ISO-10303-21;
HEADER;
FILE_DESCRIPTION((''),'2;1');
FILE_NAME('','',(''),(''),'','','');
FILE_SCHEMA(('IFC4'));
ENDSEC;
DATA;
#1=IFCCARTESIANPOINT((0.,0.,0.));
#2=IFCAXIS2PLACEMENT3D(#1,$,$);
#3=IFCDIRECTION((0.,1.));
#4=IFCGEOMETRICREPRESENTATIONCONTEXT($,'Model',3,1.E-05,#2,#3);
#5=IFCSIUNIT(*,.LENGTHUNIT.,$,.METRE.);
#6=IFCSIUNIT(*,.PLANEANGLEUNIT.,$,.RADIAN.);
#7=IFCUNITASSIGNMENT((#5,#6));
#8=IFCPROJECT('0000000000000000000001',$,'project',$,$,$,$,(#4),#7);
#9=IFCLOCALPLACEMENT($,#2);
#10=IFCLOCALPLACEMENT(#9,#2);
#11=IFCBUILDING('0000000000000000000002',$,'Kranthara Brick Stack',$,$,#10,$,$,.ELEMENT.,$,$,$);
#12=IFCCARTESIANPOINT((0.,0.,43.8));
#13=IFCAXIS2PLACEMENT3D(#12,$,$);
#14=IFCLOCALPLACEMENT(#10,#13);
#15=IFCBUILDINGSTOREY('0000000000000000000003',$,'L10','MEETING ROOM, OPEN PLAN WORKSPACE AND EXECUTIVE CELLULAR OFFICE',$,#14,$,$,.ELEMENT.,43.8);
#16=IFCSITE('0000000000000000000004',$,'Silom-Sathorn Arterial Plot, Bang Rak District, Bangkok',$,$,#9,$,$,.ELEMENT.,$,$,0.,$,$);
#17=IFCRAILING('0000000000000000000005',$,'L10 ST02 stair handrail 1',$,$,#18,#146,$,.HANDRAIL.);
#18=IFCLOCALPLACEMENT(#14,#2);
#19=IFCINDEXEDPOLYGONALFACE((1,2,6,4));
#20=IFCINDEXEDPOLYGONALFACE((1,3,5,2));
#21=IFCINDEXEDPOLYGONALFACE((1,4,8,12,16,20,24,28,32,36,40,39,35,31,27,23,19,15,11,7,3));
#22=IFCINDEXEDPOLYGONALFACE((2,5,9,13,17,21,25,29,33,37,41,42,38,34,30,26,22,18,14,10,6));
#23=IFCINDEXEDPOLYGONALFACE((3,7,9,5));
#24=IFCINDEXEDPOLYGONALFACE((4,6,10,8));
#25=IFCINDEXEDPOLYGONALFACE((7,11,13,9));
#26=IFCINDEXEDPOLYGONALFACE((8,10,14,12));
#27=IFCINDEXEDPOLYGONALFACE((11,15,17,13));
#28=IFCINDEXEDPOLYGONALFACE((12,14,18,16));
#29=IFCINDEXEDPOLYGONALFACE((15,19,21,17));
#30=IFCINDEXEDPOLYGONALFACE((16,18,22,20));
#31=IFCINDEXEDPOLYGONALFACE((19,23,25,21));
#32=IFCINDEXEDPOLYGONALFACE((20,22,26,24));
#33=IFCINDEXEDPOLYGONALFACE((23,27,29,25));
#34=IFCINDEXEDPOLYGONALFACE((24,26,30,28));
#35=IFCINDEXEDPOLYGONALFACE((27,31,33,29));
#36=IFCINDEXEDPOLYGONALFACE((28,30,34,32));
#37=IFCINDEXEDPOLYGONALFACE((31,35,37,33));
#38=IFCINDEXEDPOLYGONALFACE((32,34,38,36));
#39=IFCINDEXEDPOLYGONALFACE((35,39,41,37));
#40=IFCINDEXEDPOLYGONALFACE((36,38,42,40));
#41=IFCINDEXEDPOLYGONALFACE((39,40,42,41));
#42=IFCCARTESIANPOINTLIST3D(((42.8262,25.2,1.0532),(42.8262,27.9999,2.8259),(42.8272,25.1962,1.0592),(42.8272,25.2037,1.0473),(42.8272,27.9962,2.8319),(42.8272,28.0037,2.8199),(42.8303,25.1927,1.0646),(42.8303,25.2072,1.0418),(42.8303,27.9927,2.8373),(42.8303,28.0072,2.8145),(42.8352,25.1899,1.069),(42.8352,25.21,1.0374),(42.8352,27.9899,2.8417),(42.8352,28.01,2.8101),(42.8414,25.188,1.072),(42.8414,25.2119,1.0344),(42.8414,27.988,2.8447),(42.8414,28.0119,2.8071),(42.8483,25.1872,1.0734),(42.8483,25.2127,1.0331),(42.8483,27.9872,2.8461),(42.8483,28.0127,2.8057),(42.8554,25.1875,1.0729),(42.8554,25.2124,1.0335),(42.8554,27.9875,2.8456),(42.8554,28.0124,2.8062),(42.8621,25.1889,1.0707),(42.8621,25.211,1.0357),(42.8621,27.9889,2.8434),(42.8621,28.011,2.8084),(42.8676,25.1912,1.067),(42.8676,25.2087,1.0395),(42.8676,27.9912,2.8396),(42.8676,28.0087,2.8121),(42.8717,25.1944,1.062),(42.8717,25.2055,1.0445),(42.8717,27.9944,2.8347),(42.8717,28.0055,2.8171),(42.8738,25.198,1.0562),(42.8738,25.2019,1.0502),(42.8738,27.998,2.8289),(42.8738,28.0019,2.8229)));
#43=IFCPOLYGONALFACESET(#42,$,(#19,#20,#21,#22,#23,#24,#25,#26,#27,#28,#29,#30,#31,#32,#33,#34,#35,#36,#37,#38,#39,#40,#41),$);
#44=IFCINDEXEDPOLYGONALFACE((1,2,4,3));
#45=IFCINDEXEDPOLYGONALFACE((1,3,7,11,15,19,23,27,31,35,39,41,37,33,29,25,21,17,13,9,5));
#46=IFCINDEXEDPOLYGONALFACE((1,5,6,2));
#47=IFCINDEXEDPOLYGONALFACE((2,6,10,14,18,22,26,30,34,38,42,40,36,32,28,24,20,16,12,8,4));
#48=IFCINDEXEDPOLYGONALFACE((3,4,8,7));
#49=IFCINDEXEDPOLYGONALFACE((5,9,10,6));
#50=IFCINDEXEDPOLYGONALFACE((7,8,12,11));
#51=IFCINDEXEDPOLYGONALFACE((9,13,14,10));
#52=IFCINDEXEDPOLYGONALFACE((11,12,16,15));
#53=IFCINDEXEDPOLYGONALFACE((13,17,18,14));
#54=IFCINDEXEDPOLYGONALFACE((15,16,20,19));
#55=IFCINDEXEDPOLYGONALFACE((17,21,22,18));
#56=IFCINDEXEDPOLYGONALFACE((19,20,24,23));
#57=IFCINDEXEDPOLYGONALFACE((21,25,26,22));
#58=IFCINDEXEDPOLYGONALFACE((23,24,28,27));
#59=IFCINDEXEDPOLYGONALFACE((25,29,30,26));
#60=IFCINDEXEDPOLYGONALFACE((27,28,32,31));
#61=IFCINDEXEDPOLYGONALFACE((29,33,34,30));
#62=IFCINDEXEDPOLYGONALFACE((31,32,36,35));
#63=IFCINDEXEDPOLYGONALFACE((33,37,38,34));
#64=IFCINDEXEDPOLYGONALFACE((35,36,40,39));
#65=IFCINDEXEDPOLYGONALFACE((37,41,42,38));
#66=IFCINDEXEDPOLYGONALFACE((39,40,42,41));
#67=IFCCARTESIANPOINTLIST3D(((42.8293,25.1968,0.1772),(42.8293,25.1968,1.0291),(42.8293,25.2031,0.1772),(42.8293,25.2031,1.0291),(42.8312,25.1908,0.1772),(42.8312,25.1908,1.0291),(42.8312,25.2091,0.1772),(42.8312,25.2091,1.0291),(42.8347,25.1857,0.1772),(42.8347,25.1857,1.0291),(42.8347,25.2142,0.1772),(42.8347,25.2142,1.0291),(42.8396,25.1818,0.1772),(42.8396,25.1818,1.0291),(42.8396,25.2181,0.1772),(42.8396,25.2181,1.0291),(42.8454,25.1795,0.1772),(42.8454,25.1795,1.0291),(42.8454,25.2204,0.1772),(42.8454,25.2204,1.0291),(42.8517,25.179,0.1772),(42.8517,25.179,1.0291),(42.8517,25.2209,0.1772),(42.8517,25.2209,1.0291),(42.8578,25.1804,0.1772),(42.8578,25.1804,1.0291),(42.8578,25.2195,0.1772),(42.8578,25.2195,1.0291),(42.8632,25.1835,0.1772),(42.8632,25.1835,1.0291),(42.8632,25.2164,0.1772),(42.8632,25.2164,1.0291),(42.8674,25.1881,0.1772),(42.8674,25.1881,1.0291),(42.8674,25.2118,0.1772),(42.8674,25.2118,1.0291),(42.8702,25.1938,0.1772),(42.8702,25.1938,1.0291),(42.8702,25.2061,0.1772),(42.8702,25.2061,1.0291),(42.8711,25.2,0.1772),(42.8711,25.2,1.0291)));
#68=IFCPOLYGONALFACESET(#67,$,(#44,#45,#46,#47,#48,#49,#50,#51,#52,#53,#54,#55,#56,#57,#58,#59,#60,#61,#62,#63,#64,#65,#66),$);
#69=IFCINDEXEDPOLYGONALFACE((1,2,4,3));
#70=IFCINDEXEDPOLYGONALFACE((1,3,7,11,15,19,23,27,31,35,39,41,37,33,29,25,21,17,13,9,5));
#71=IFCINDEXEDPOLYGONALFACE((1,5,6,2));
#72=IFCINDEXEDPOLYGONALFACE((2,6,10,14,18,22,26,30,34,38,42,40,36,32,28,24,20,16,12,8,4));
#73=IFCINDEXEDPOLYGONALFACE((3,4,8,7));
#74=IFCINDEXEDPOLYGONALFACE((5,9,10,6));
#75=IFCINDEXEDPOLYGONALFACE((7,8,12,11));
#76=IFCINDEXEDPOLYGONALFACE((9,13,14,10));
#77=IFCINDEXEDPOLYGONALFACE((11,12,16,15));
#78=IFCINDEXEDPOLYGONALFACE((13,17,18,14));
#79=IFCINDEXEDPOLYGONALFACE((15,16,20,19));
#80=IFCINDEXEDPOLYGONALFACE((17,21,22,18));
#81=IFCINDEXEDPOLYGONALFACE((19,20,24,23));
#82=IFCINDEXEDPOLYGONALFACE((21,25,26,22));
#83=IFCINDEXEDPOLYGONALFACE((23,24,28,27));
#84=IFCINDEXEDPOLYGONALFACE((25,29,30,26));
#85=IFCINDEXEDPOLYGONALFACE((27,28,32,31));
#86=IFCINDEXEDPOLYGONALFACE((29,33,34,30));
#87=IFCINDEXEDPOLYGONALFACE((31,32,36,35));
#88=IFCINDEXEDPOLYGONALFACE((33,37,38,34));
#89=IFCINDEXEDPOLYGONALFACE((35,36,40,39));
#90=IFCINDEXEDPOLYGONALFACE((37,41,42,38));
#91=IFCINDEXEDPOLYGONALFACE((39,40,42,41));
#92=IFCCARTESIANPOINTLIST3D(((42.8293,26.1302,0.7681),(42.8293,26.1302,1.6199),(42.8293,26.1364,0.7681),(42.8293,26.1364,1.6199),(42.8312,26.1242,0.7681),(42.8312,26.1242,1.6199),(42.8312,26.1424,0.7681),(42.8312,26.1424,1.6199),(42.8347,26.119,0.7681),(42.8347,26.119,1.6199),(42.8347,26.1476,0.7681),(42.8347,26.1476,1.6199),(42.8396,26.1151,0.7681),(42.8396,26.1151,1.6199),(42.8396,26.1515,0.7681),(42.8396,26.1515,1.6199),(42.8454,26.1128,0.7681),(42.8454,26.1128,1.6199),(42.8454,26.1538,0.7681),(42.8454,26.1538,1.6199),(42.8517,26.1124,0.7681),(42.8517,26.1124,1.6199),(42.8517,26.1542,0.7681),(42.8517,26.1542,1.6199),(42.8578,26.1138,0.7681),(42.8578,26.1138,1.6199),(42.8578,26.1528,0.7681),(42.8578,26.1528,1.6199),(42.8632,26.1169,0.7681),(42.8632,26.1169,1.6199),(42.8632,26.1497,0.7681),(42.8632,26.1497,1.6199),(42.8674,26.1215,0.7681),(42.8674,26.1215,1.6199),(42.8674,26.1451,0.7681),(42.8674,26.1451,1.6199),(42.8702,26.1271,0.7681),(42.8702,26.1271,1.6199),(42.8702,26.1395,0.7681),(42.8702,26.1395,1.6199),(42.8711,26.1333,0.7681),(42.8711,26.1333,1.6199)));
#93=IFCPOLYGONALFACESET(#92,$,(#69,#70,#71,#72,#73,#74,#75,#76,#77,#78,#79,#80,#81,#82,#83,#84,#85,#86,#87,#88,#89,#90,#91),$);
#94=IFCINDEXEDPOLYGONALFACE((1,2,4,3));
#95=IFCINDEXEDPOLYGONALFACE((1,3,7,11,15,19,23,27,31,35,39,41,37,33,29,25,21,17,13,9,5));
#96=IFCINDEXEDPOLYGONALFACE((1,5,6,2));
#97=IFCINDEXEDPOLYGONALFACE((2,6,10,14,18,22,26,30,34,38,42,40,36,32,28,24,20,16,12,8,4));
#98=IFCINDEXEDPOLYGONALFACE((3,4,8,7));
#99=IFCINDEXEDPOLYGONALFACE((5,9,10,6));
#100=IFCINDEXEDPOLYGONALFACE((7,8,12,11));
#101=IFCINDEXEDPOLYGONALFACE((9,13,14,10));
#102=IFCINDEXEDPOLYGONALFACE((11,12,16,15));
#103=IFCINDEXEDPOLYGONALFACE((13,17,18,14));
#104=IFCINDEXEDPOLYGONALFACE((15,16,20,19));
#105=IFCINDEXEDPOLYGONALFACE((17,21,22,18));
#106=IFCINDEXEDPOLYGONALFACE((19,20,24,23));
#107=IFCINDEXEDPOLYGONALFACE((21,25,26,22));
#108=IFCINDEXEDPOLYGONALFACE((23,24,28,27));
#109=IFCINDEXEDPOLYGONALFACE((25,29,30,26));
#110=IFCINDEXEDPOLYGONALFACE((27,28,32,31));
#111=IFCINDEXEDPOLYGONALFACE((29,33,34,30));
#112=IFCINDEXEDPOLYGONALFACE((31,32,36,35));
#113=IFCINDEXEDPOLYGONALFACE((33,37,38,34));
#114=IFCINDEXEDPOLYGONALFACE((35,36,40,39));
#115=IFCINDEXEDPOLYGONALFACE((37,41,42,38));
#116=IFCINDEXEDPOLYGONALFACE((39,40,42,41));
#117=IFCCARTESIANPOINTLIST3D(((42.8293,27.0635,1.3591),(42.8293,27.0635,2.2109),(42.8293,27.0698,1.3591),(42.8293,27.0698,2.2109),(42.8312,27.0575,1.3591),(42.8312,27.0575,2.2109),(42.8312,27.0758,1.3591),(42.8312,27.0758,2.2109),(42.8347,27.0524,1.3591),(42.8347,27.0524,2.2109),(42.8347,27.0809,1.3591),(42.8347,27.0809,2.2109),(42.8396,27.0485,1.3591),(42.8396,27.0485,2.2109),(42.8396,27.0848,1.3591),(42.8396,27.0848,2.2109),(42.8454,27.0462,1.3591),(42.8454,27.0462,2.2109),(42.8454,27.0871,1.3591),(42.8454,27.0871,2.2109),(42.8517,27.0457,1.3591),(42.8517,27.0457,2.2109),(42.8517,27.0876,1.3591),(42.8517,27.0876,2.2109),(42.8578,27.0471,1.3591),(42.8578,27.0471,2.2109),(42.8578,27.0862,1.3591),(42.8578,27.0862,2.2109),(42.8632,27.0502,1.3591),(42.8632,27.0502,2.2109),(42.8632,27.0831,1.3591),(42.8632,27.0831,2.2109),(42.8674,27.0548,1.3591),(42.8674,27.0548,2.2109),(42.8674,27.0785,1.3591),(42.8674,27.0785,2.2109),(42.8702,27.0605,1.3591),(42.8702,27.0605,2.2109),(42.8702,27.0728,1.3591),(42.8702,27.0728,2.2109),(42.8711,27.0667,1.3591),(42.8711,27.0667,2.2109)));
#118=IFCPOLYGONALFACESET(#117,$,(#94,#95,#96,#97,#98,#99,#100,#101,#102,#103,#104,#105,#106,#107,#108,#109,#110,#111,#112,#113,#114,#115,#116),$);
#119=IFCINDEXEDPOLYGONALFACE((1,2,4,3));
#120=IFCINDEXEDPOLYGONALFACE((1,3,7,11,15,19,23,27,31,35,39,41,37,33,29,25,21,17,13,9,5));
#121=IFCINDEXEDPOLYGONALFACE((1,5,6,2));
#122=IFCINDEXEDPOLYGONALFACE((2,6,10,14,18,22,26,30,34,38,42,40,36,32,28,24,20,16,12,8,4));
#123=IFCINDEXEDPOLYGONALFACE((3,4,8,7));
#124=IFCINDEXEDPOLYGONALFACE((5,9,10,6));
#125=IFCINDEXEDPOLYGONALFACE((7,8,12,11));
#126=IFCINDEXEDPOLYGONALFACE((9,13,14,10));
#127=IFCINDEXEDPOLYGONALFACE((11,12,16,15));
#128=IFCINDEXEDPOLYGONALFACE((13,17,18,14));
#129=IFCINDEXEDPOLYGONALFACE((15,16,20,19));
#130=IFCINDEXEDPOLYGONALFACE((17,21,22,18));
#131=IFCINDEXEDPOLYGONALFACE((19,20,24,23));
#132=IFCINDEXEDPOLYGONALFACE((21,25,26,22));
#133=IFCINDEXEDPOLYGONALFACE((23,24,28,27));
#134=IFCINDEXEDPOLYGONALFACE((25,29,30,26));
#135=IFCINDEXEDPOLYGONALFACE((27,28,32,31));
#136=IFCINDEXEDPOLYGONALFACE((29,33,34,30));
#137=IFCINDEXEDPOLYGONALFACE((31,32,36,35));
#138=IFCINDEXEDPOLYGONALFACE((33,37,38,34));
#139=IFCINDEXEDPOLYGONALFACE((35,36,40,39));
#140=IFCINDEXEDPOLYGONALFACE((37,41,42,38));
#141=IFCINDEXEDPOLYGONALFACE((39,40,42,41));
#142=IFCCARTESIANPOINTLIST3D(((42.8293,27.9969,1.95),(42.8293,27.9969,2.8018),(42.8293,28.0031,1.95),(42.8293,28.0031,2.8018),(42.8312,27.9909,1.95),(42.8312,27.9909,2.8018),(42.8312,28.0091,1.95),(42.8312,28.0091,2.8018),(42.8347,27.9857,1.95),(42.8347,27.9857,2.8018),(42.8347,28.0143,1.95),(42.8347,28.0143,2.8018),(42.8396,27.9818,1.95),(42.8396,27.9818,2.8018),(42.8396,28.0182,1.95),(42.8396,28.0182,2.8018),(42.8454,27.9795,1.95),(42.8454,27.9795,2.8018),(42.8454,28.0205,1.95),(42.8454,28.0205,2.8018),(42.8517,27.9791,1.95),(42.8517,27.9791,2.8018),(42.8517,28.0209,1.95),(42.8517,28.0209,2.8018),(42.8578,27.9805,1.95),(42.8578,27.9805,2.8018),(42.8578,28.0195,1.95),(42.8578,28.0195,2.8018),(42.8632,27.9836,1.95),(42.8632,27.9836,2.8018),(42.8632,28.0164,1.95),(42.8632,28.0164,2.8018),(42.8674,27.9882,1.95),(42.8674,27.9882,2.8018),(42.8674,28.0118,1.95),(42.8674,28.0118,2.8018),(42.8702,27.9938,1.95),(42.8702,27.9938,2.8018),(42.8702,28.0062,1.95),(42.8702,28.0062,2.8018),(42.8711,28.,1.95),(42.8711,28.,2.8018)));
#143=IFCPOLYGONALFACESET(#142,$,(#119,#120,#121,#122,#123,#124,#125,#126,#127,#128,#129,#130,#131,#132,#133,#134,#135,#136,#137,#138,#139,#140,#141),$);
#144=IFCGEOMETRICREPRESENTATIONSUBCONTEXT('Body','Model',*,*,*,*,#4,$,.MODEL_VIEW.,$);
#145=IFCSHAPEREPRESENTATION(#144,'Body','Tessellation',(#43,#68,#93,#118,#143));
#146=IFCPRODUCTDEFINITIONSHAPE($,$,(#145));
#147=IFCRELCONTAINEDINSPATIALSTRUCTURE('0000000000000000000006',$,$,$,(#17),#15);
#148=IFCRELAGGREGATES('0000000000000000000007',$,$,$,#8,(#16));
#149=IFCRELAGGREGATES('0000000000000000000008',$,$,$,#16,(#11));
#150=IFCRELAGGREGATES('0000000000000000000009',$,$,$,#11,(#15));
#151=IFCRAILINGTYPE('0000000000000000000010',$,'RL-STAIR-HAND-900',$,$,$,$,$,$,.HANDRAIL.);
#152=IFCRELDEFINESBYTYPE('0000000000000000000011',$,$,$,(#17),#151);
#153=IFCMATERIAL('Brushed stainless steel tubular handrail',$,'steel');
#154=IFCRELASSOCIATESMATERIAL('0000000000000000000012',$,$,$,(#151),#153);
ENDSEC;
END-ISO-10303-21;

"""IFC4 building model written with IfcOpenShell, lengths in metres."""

from ifc_helpers import new_model, si_unit, direction, frame, origin, origin_2d, place, context, subcontext, project, spatial, circle, extrude, material, type_object, element, save


model = new_model("IFC4")

# Units and contexts
model_context = context("Model", 3, precision=1e-05, world=origin(), true_north=direction((0.0, 1.0)))
body_context = subcontext(model_context, "Body", "Model", "MODEL_VIEW")
ifc_project = project(units=[si_unit("LENGTHUNIT", "METRE"), si_unit("PLANEANGLEUNIT", "RADIAN")], contexts=[model_context])

# Site, building, storey
site_placement = place(None, origin())
site = spatial("IfcSite", under=ifc_project, at=site_placement, Name="Silom-Sathorn Arterial Plot, Bang Rak District, Bangkok", CompositionType="ELEMENT", RefElevation=0.0)
building_placement = place(site_placement, origin())
building = spatial("IfcBuilding", under=site, at=building_placement, Name="Kranthara Brick Stack", CompositionType="ELEMENT")
storey_placement = place(building_placement, frame((0.0, 0.0, 43.8)))
storey = spatial("IfcBuildingStorey", under=building, at=storey_placement, Name="L10", Description="MEETING ROOM, OPEN PLAN WORKSPACE AND EXECUTIVE CELLULAR OFFICE", CompositionType="ELEMENT", Elevation=43.8)

# Railing
ifc_material_1 = material(Name="Brushed stainless steel tubular handrail", Category="steel")
railing_type_1 = type_object("IfcRailingType", Name="RL-STAIR-HAND-900", PredefinedType="HANDRAIL", material=ifc_material_1)
railing_1_placement = place(storey_placement, frame((42.8501, 25.2, 0.1772)))
element("IfcRailing", 1, at=railing_1_placement, inside=storey, type_object=railing_type_1, Name="L10 ST02 stair handrail 1", PredefinedType="HANDRAIL", context=body_context, shape_type="SweptSolid", body=[
    extrude(circle(Radius=0.0239, at=origin_2d()), frame((0.0, 0.0, 0.876), z_axis=(0.0, 0.844909, 0.53491), x_axis=(-1.0, 0.0, 0.0)), (0.0, 0.0, 1.0), 3.314),
    extrude(circle(Radius=0.021, at=origin_2d()), origin(), (0.0, 0.0, 1.0), 0.8518),
    extrude(circle(Radius=0.021, at=origin_2d()), frame((0.0, 0.9333, 0.5908)), (0.0, 0.0, 1.0), 0.8518),
    extrude(circle(Radius=0.021, at=origin_2d()), frame((0.0, 1.8667, 1.1819)), (0.0, 0.0, 1.0), 0.8518),
    extrude(circle(Radius=0.021, at=origin_2d()), frame((0.0, 2.8, 1.7727)), (0.0, 0.0, 1.0), 0.8518),
])

save(model, "model.ifc")
